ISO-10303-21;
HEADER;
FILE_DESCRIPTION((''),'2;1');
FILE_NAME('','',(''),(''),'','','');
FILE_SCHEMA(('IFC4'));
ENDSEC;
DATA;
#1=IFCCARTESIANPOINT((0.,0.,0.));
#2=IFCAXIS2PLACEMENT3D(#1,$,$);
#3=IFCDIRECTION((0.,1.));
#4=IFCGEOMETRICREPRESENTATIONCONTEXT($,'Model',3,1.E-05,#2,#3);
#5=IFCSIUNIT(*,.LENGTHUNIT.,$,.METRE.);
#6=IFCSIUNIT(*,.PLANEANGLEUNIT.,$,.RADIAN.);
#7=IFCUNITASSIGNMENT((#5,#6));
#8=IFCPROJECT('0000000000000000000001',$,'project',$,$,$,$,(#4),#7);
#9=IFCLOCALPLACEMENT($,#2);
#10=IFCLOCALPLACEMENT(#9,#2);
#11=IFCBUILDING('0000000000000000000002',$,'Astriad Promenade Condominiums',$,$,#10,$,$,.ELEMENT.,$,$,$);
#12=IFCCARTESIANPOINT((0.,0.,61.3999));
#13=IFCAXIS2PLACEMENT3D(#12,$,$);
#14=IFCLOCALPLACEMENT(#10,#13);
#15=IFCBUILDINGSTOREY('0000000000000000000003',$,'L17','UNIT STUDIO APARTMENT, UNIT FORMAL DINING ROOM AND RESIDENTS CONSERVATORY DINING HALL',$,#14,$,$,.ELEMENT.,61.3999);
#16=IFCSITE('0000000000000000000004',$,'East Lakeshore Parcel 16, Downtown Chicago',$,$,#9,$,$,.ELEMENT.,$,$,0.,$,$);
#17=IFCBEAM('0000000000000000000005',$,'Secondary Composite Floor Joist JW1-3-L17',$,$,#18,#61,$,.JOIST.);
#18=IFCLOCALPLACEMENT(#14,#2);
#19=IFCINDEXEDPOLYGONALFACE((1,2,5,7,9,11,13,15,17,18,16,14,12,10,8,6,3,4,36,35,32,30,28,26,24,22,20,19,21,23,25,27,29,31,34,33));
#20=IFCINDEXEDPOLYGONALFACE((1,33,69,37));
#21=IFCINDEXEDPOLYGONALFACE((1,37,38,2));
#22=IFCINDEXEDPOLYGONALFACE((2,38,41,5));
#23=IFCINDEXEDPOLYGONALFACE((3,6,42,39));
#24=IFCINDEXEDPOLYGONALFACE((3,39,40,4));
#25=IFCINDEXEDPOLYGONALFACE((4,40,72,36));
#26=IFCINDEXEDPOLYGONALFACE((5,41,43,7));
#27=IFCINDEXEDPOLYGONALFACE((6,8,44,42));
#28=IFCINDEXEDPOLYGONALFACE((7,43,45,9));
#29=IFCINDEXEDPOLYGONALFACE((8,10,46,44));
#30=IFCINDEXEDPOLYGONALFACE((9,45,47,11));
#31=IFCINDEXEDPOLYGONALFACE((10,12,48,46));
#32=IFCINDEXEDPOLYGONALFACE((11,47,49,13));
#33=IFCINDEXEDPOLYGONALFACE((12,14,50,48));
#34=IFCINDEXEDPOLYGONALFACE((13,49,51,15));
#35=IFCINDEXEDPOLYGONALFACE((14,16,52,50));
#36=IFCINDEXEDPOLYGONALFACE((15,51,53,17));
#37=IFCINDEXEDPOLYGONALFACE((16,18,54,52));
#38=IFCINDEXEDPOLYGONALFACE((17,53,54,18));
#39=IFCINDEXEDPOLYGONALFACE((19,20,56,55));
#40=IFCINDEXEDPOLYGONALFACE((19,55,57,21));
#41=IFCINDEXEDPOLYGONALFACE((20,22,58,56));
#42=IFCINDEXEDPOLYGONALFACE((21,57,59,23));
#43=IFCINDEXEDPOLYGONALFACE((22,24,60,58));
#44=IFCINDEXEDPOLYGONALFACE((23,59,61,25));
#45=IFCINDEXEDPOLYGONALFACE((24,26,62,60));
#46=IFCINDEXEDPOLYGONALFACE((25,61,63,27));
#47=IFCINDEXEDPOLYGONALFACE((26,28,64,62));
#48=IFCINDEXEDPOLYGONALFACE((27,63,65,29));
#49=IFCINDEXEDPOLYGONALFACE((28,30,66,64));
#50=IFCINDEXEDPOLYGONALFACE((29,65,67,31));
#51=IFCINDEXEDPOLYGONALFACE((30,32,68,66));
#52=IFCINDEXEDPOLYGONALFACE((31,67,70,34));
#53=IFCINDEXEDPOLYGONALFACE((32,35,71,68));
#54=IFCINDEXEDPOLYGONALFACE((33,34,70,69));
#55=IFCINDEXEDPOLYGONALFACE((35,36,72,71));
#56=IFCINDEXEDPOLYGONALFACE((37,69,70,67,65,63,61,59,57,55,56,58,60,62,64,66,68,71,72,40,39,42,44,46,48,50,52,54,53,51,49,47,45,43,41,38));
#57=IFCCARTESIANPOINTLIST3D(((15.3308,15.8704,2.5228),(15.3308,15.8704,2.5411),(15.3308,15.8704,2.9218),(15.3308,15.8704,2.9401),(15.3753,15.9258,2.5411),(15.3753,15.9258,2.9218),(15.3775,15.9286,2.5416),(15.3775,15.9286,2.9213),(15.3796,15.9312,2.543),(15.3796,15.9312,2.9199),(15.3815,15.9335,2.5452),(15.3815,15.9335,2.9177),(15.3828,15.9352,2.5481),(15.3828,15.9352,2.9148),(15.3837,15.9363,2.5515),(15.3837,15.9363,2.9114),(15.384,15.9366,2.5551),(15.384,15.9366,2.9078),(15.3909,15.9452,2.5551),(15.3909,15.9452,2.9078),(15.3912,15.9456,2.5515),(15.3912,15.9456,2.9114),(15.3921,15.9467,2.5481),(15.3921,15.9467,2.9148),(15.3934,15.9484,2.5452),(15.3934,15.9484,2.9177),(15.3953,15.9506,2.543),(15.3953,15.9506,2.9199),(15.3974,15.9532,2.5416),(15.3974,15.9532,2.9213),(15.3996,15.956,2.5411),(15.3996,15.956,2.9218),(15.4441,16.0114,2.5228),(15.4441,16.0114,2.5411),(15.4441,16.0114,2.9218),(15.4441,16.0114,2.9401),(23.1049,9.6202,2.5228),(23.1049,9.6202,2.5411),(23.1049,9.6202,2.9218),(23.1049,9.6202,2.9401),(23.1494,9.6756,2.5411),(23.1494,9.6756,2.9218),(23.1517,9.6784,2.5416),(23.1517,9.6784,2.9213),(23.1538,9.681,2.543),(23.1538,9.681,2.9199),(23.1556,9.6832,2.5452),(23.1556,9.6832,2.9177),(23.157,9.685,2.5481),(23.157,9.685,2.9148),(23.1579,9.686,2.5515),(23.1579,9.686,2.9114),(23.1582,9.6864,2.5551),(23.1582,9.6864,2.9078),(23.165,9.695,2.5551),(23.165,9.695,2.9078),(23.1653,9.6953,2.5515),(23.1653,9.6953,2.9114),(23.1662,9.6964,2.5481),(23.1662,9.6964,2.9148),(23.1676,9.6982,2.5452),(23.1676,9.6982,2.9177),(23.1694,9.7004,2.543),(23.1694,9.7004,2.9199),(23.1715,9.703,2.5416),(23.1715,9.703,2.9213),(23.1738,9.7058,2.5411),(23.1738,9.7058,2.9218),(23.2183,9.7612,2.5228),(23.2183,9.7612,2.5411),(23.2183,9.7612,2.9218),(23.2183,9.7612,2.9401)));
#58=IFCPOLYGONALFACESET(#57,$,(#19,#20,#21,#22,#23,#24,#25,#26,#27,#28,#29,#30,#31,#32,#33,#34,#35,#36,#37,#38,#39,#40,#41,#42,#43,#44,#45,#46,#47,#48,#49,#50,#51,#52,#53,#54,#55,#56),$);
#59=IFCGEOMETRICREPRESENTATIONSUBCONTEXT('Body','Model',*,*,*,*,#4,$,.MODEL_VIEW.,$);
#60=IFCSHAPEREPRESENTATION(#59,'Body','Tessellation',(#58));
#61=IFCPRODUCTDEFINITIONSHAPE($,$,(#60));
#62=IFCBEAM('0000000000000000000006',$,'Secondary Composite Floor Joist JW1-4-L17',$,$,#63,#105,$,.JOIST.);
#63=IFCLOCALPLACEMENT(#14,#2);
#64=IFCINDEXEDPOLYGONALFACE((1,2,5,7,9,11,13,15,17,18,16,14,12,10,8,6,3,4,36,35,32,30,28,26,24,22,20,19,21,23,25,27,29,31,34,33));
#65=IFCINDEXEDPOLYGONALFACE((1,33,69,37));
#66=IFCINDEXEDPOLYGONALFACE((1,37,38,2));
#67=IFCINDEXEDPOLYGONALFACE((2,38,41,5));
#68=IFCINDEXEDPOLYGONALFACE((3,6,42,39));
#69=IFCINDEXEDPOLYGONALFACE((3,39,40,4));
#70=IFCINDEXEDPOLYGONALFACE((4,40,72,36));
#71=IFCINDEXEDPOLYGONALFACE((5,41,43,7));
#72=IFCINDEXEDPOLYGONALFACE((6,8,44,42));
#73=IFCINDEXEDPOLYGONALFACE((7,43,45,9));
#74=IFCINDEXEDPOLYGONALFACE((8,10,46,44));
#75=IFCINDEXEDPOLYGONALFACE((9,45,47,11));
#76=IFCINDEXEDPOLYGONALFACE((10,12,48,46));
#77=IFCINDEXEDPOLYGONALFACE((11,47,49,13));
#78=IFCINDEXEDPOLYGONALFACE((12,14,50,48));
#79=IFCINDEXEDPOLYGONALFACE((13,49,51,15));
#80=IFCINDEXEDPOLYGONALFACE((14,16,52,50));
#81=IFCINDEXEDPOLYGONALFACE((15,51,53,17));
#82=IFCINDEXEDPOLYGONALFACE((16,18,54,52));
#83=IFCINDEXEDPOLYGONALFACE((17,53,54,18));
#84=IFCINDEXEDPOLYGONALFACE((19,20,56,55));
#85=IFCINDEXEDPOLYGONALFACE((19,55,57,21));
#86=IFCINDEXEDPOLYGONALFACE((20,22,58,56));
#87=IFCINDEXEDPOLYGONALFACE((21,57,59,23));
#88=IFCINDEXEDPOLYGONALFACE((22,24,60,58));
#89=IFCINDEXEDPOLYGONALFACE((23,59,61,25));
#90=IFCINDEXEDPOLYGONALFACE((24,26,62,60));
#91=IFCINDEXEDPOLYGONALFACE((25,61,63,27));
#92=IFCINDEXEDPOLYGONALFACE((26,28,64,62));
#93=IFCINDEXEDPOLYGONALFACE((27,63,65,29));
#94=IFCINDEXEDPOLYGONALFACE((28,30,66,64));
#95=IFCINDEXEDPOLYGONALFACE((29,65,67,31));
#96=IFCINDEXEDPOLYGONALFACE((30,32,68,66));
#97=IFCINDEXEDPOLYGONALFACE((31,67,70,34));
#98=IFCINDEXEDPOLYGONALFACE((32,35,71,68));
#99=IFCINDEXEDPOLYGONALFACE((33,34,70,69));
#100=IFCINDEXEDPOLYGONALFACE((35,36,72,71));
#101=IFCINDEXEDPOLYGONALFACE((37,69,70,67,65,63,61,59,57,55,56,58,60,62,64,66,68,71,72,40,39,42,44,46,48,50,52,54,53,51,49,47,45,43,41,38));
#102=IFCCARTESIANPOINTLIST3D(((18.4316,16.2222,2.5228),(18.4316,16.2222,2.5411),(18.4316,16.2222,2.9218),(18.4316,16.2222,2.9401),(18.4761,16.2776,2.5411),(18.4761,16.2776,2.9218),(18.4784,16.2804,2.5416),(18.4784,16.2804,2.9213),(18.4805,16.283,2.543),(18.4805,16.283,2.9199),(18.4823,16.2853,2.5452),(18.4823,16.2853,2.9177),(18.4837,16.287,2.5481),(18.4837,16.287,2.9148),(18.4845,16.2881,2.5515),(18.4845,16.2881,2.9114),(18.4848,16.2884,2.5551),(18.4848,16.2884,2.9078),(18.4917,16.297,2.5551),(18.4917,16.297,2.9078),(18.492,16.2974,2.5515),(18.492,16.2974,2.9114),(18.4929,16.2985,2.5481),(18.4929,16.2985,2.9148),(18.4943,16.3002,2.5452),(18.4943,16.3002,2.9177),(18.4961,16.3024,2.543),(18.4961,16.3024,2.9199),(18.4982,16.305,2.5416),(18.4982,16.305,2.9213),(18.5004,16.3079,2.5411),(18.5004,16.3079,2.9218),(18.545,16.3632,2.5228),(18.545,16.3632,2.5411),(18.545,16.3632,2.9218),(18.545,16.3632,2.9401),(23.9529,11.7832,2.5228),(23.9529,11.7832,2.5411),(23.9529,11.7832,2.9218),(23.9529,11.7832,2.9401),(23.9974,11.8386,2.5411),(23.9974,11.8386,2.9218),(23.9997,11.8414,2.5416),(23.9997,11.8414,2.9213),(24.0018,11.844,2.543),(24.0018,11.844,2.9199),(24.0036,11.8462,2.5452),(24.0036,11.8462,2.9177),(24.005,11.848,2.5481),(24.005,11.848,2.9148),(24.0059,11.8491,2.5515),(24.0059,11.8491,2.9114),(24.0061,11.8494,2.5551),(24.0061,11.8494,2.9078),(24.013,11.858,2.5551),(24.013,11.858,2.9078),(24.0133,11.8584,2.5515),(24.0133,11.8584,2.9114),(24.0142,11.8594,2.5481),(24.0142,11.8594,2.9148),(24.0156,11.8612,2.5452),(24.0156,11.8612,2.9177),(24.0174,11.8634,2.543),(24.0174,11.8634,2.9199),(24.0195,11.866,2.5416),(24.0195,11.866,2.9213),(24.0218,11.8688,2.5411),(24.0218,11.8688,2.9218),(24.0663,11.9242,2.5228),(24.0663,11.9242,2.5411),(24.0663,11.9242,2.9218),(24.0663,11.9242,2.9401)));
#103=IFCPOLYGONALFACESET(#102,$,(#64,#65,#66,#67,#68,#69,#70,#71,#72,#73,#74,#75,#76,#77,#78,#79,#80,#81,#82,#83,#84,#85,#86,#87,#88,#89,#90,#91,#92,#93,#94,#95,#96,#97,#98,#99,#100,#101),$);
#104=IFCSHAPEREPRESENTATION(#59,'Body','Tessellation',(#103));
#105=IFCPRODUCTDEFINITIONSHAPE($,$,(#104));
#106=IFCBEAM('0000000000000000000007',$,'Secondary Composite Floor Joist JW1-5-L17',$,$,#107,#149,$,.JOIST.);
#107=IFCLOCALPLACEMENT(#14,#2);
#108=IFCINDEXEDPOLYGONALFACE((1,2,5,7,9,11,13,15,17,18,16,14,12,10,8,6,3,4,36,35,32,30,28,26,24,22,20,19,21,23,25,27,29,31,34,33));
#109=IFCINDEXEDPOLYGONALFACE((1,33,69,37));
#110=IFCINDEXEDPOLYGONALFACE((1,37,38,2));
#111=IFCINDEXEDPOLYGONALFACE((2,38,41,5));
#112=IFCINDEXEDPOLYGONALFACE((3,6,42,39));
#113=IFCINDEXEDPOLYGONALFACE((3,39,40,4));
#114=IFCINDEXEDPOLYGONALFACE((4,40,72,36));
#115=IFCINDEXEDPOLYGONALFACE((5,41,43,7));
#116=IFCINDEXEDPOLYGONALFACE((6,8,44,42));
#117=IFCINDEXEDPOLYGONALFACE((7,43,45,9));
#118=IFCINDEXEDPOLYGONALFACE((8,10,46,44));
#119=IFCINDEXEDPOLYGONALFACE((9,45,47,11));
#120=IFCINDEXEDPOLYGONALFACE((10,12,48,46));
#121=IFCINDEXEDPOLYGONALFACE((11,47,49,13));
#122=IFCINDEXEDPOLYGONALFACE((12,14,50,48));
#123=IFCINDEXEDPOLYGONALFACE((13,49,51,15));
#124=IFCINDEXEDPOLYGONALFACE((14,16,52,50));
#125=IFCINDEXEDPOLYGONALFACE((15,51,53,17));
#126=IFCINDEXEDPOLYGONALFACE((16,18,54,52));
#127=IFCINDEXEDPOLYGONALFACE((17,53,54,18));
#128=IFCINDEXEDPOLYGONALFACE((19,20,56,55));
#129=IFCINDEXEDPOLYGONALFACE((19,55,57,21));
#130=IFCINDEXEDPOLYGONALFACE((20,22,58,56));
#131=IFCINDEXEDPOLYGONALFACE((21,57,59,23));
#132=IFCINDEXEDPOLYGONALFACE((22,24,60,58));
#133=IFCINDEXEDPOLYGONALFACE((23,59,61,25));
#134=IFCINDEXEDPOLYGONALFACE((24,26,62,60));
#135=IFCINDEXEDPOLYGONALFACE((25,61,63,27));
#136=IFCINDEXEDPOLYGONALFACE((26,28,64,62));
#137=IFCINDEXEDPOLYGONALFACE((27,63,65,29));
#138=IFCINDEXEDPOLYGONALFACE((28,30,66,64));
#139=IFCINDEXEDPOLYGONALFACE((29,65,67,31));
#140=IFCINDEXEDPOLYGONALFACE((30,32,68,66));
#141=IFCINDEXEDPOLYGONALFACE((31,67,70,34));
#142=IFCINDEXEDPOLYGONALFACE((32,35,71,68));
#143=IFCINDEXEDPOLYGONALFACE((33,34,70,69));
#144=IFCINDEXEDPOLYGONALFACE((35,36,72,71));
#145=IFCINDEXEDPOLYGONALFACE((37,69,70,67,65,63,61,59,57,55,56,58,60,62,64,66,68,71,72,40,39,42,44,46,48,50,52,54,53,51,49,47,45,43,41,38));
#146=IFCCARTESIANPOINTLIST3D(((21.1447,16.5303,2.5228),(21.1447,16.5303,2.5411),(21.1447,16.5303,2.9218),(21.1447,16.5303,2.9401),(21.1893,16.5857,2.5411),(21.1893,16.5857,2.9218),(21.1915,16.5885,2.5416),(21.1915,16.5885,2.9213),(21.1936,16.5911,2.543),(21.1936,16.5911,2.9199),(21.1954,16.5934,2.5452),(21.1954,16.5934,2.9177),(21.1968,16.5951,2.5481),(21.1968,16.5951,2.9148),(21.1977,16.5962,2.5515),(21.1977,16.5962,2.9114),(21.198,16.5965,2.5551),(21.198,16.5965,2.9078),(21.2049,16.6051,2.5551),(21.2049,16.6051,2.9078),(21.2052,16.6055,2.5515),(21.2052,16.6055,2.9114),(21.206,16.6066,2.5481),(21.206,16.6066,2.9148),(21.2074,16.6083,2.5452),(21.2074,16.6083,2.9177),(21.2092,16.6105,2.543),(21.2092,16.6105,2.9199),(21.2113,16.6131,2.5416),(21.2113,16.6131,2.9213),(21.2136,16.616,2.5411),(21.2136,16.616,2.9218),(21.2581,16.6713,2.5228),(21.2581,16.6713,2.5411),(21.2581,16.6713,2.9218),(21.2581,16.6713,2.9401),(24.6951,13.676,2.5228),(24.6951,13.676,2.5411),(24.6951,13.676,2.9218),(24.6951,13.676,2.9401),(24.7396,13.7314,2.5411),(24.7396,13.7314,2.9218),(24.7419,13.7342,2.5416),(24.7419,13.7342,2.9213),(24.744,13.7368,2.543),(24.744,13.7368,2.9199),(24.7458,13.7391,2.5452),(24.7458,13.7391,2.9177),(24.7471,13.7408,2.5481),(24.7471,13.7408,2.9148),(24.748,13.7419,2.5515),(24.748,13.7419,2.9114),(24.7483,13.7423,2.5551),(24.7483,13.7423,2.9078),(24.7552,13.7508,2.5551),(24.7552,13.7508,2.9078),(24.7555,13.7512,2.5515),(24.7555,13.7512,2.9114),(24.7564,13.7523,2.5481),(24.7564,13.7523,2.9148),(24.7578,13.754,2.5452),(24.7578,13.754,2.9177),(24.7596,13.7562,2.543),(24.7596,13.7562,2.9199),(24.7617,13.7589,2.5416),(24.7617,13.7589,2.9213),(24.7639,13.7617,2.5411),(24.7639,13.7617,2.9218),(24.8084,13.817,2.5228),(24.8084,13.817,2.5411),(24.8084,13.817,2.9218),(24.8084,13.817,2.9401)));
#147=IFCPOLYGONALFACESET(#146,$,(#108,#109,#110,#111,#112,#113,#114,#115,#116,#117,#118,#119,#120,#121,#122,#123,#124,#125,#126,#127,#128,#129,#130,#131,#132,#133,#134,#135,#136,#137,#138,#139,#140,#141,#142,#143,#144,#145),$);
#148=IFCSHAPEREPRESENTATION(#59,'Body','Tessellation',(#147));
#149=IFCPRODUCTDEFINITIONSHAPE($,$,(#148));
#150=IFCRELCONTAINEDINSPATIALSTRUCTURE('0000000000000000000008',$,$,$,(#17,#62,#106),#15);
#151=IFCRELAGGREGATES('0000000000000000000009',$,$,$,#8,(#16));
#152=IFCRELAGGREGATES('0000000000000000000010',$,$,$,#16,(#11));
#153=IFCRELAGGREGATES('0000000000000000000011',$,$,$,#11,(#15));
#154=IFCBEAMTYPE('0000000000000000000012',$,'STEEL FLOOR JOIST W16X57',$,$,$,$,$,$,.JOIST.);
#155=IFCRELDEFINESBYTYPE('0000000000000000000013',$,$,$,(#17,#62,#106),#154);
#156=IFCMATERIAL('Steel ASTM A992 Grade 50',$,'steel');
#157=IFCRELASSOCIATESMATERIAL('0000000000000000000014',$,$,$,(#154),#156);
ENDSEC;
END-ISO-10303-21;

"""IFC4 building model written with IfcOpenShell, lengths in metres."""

from ifc_helpers import new_model, si_unit, direction, frame, origin, origin_2d, place, context, subcontext, project, spatial, i_section, extrude, source, transform, mapped, material, material_profile, profile_set, type_object, type_shapes, element, save


model = new_model("IFC4")

# Units and contexts
model_context = context("Model", 3, precision=1e-05, world=origin(), true_north=direction((0.0, 1.0)))
body_context = subcontext(model_context, "Body", "Model", "MODEL_VIEW")
ifc_project = project(units=[si_unit("LENGTHUNIT", "METRE"), si_unit("PLANEANGLEUNIT", "RADIAN")], contexts=[model_context])

# Site, building, storey
site_placement = place(None, origin())
site = spatial("IfcSite", under=ifc_project, at=site_placement, Name="East Lakeshore Parcel 16, Downtown Chicago", CompositionType="ELEMENT", RefElevation=0.0)
building_placement = place(site_placement, origin())
building = spatial("IfcBuilding", under=site, at=building_placement, Name="Astriad Promenade Condominiums", CompositionType="ELEMENT")
storey_placement = place(building_placement, frame((0.0, 0.0, 61.3999)))
storey = spatial("IfcBuildingStorey", under=building, at=storey_placement, Name="L17", Description="UNIT STUDIO APARTMENT, UNIT FORMAL DINING ROOM AND RESIDENTS CONSERVATORY DINING HALL", CompositionType="ELEMENT", Elevation=61.3999)

# Beams
ifc_material_1 = material(Name="Steel ASTM A992 Grade 50", Category="steel")
ifc_material_profile = material_profile(ifc_material_1, i_section(OverallWidth=0.1809, OverallDepth=0.4172, WebThickness=0.011, FlangeThickness=0.0183, FilletRadius=0.0139, at=origin_2d()), Name="W16X57")
ifc_profile_set = profile_set([ifc_material_profile], Name="Steel ASTM A992 Grade 50")
beam_type = type_object("IfcBeamType", Name="STEEL FLOOR JOIST W16X57", PredefinedType="JOIST", material=ifc_profile_set)
shared_shape_1 = source(origin(), body_context, "Body", "SweptSolid", [
    extrude(i_section(OverallWidth=0.1809, OverallDepth=0.4172, WebThickness=0.011, FlangeThickness=0.0183, FilletRadius=0.0139, at=origin_2d()), origin(), (0.0, 0.0, 1.0), 9.9751),
])
beam_1_placement = place(storey_placement, frame((15.3875, 15.9409, 2.7314), z_axis=(0.779355, -0.626583, 0.0), x_axis=(0.626583, 0.779355, 0.0)))
element("IfcBeam", 1, at=beam_1_placement, inside=storey, type_object=beam_type, Name="Secondary Composite Floor Joist JW1-3-L17", PredefinedType="JOIST", context=body_context, shape_type="MappedRepresentation", body=[
    mapped(shared_shape_1, transform((0.0, 0.0, 0.0), scale=1.0)),
])
shared_shape_2 = source(origin(), body_context, "Body", "SweptSolid", [
    extrude(i_section(OverallWidth=0.1809, OverallDepth=0.4172, WebThickness=0.011, FlangeThickness=0.0183, FilletRadius=0.0139, at=origin_2d()), origin(), (0.0, 0.0, 1.0), 7.0845),
])
beam_2_placement = place(storey_placement, frame((18.4883, 16.2927, 2.7314), z_axis=(0.779354, -0.626584, 0.0), x_axis=(0.626584, 0.779354, 0.0)))
element("IfcBeam", 2, at=beam_2_placement, inside=storey, type_object=beam_type, Name="Secondary Composite Floor Joist JW1-4-L17", PredefinedType="JOIST", context=body_context, shape_type="MappedRepresentation", body=[
    mapped(shared_shape_2, transform((0.0, 0.0, 0.0), scale=1.0)),
])
shared_shape_3 = source(origin(), body_context, "Body", "SweptSolid", [
    extrude(i_section(OverallWidth=0.1809, OverallDepth=0.4172, WebThickness=0.011, FlangeThickness=0.0183, FilletRadius=0.0139, at=origin_2d()), origin(), (0.0, 0.0, 1.0), 4.5554),
])
type_shapes(beam_type, [shared_shape_1, shared_shape_2, shared_shape_3])
beam_3_placement = place(storey_placement, frame((21.2014, 16.6008, 2.7314), z_axis=(0.779366, -0.626569, 0.0), x_axis=(0.626569, 0.779366, 0.0)))
element("IfcBeam", 3, at=beam_3_placement, inside=storey, type_object=beam_type, Name="Secondary Composite Floor Joist JW1-5-L17", PredefinedType="JOIST", context=body_context, shape_type="MappedRepresentation", body=[
    mapped(shared_shape_3, transform((0.0, 0.0, 0.0), scale=1.0)),
])

save(model, "model.ifc")
